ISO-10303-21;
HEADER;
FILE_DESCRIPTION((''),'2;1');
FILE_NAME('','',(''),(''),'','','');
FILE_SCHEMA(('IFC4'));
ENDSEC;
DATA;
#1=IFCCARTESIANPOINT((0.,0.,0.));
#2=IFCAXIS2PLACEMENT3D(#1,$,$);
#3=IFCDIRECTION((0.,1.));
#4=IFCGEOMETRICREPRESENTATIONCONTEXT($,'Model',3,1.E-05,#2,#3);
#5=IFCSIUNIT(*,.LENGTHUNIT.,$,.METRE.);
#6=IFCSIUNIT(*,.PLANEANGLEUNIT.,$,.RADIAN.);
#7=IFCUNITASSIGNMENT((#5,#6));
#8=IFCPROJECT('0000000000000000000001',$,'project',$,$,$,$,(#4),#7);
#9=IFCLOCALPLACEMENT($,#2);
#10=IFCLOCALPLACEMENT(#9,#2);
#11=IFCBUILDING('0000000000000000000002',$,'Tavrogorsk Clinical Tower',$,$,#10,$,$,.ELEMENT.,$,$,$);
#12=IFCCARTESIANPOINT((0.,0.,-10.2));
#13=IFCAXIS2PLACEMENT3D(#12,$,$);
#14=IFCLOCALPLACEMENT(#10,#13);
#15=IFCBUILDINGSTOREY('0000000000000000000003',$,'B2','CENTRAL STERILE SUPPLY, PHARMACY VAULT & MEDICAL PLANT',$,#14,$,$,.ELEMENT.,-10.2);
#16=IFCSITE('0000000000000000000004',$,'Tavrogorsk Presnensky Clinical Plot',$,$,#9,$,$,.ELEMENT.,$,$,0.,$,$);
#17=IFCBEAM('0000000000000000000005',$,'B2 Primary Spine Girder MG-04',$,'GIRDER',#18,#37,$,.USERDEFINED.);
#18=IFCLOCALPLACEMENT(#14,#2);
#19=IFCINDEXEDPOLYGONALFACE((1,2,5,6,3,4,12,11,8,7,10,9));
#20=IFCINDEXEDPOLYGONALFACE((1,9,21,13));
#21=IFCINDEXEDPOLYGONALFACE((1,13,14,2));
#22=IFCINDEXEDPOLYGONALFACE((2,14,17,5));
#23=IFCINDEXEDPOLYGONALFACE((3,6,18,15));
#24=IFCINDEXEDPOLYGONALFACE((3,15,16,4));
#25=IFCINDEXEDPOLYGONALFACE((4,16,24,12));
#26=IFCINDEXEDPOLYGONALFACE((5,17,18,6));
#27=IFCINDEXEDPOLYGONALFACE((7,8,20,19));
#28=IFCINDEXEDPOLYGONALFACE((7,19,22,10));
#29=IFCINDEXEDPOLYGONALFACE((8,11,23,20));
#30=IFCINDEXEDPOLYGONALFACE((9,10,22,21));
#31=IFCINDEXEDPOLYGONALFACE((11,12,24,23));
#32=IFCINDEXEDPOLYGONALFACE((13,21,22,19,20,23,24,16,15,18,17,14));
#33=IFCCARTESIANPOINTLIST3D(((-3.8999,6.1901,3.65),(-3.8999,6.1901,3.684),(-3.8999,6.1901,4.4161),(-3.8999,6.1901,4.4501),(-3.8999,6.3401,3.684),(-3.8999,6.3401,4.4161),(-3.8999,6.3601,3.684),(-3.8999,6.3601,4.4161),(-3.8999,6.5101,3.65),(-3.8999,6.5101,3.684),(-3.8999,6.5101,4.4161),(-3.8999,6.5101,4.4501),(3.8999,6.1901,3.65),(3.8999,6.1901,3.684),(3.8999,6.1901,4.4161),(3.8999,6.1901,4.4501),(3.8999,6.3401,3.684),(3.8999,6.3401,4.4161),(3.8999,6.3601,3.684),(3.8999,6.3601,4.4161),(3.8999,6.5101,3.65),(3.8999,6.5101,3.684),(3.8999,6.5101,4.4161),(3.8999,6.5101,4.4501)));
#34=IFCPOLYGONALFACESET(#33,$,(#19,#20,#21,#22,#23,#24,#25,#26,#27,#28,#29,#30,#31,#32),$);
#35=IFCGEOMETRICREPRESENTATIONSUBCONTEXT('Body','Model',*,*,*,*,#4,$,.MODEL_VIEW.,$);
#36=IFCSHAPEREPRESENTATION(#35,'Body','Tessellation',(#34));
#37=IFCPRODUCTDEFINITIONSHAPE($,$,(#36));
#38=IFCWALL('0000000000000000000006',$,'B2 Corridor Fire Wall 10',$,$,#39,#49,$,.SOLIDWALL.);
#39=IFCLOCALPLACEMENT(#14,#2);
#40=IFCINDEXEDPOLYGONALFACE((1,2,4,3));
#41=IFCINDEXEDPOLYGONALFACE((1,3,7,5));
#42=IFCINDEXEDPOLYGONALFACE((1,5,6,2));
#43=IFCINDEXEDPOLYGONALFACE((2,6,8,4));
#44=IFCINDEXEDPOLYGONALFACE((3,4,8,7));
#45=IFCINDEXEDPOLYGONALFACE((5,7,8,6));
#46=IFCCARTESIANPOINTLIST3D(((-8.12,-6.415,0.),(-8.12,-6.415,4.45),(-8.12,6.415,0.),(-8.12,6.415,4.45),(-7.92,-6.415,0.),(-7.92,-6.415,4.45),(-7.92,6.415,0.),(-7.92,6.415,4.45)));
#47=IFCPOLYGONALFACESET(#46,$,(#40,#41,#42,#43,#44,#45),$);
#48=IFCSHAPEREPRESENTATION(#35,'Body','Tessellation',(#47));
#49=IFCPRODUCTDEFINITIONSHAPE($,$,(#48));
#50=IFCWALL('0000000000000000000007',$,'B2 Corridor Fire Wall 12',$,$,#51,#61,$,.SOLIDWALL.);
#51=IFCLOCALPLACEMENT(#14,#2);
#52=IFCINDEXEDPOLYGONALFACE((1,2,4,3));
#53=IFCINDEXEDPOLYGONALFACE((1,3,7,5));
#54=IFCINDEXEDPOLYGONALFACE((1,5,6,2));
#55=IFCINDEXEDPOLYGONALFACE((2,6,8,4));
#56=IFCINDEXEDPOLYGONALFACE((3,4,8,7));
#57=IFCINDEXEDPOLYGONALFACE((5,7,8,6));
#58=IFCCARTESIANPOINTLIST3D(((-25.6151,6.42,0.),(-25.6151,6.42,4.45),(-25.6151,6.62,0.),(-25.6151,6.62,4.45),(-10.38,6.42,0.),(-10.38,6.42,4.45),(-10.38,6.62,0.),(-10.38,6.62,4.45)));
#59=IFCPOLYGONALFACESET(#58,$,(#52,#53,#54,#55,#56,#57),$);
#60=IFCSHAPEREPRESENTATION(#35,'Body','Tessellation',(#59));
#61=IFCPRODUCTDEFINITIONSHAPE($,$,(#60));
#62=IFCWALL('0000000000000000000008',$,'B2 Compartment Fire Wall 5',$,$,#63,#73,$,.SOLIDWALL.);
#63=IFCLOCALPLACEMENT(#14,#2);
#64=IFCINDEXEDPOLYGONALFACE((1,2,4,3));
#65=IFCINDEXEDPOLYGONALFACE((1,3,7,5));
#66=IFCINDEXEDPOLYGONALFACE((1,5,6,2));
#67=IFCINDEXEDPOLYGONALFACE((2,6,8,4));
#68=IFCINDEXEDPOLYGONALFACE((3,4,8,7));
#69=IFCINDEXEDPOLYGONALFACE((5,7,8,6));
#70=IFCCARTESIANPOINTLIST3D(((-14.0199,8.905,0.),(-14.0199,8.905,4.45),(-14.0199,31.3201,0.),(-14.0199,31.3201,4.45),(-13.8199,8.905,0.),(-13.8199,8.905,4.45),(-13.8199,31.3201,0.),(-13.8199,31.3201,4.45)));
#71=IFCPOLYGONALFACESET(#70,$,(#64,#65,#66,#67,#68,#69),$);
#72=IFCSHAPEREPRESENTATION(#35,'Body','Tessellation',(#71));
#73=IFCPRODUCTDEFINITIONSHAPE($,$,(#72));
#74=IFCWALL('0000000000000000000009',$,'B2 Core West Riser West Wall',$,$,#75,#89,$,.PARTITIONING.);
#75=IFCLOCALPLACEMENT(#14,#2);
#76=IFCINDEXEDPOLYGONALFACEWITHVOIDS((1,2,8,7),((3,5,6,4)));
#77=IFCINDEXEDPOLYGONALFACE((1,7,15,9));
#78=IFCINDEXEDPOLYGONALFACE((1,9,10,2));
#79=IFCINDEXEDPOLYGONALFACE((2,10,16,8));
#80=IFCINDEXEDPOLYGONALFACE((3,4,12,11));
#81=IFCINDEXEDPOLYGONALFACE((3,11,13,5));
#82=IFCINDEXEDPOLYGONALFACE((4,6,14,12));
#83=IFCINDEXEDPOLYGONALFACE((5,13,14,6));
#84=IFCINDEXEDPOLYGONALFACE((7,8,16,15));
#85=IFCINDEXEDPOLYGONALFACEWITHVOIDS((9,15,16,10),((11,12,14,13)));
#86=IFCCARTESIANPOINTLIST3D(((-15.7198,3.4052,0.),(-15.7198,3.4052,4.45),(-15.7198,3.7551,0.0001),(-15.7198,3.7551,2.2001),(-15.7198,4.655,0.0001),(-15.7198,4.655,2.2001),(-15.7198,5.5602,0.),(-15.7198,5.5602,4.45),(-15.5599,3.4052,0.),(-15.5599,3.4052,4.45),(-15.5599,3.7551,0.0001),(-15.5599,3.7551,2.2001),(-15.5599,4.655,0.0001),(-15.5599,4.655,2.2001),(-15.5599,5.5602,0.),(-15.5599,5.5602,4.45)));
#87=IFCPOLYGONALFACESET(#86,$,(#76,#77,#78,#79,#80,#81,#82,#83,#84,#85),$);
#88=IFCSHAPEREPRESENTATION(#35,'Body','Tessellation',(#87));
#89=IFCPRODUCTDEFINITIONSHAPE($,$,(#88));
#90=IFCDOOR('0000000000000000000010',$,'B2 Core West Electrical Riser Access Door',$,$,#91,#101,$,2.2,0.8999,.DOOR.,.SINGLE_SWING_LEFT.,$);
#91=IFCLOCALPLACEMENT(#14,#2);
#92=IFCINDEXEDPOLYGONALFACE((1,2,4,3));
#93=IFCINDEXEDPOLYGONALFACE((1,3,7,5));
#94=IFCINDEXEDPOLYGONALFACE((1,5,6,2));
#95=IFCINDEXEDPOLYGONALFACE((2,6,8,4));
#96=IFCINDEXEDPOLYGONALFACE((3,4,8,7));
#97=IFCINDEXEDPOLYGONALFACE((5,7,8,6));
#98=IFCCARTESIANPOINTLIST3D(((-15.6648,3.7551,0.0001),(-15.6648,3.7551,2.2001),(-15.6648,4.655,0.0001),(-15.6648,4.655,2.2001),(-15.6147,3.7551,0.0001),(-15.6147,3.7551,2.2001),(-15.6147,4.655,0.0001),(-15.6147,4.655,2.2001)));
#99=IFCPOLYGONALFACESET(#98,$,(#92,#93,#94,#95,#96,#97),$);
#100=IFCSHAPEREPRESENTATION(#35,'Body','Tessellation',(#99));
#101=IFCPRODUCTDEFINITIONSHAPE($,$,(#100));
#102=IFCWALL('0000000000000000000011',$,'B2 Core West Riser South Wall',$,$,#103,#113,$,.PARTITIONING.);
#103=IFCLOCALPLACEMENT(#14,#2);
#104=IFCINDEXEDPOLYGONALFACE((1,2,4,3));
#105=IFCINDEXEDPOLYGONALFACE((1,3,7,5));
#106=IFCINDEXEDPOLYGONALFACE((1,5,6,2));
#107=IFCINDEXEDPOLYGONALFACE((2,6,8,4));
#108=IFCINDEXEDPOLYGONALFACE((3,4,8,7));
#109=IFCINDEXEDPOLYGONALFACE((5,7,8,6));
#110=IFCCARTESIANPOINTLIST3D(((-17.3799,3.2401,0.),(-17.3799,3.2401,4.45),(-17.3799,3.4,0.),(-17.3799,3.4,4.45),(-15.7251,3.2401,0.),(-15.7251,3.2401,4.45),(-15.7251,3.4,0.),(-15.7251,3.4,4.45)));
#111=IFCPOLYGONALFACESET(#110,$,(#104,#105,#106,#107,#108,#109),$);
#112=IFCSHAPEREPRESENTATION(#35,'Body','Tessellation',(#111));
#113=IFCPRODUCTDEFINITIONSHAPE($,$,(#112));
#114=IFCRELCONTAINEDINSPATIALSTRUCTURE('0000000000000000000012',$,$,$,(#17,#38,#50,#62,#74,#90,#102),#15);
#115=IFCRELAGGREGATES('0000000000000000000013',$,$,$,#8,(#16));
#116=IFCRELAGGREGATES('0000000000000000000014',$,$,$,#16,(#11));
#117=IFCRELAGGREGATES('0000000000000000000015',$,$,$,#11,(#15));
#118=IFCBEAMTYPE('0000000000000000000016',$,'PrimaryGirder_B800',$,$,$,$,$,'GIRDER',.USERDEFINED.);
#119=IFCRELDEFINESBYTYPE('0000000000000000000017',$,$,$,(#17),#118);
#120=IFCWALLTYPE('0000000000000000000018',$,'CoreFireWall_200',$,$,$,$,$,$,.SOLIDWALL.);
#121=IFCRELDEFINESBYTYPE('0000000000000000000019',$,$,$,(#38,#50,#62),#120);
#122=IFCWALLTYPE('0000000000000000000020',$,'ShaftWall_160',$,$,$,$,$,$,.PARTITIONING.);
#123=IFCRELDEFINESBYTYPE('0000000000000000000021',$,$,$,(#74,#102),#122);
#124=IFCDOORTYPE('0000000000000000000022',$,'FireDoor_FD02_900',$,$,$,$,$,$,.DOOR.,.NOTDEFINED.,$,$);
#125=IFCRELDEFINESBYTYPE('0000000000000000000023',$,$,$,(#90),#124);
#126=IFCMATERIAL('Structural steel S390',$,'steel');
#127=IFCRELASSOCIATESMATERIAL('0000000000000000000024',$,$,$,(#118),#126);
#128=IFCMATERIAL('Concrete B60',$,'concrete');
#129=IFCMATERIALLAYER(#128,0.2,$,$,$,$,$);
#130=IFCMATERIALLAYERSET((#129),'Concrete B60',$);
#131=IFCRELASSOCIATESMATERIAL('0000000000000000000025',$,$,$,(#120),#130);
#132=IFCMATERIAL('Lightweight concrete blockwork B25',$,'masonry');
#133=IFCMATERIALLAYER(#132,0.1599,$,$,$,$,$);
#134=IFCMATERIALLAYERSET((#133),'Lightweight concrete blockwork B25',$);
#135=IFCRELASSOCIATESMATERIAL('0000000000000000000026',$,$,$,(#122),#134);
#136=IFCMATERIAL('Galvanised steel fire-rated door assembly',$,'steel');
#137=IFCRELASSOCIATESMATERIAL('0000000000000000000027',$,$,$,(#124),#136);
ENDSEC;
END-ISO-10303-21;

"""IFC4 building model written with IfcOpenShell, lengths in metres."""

from ifc_helpers import new_model, si_unit, direction, frame, frame_2d, origin, origin_2d, place, context, subcontext, project, spatial, rectangle, i_section, extrude, material, layer, layer_set, material_profile, profile_set, type_object, element, fill, save


model = new_model("IFC4")

# Units and contexts
model_context = context("Model", 3, precision=1e-05, world=origin(), true_north=direction((0.0, 1.0)))
body_context = subcontext(model_context, "Body", "Model", "MODEL_VIEW")
ifc_project = project(units=[si_unit("LENGTHUNIT", "METRE"), si_unit("PLANEANGLEUNIT", "RADIAN")], contexts=[model_context])

# Site, building, storey
site_placement = place(None, origin())
site = spatial("IfcSite", under=ifc_project, at=site_placement, Name="Tavrogorsk Presnensky Clinical Plot", CompositionType="ELEMENT", RefElevation=0.0)
building_placement = place(site_placement, origin())
building = spatial("IfcBuilding", under=site, at=building_placement, Name="Tavrogorsk Clinical Tower", CompositionType="ELEMENT")
storey_placement = place(building_placement, frame((0.0, 0.0, -10.2)))
storey = spatial("IfcBuildingStorey", under=building, at=storey_placement, Name="B2", Description="CENTRAL STERILE SUPPLY, PHARMACY VAULT & MEDICAL PLANT", CompositionType="ELEMENT", Elevation=-10.2)

# Beam
ifc_material_1 = material(Name="Structural steel S390", Category="steel")
ifc_material_profile_1 = material_profile(ifc_material_1, i_section(OverallWidth=0.3201, OverallDepth=0.8, WebThickness=0.02, FlangeThickness=0.0339, at=origin_2d()), Name="B-800x320x20x34")
ifc_profile_set_1 = profile_set([ifc_material_profile_1], Name="Structural steel S390")
beam_type = type_object("IfcBeamType", Name="PrimaryGirder_B800", ElementType="GIRDER", PredefinedType="USERDEFINED", material=ifc_profile_set_1)
beam_1_placement = place(storey_placement, frame((-3.8999, 6.3501, 4.05), z_axis=(1.0, 0.0, 0.0), x_axis=(0.0, 1.0, 0.0)))
element("IfcBeam", 1, at=beam_1_placement, inside=storey, type_object=beam_type, Name="B2 Primary Spine Girder MG-04", ObjectType="GIRDER", PredefinedType="USERDEFINED", context=body_context, shape_type="SweptSolid", body=[
    extrude(i_section(OverallWidth=0.3201, OverallDepth=0.8, WebThickness=0.02, FlangeThickness=0.0339, at=origin_2d()), origin(), (0.0, 0.0, 1.0), 7.7998),
])

# Walls
ifc_material_2 = material(Name="Concrete B60", Category="concrete")
ifc_layer_1 = layer(ifc_material_2, 0.2)
ifc_layer_set_1 = layer_set([ifc_layer_1], Name="Concrete B60")
wall_type_1 = type_object("IfcWallType", Name="CoreFireWall_200", PredefinedType="SOLIDWALL", material=ifc_layer_set_1)
wall_1_placement = place(storey_placement, frame((-8.02, 6.415, 0.0), z_axis=(0.0, 0.0, 1.0), x_axis=(0.0, -1.0, 0.0)))
element("IfcWall", 2, at=wall_1_placement, inside=storey, type_object=wall_type_1, Name="B2 Corridor Fire Wall 10", PredefinedType="SOLIDWALL", context=body_context, shape_type="SweptSolid", body=[
    extrude(rectangle(XDim=12.8301, YDim=0.2, at=frame_2d((6.415, 0.0))), origin(), (0.0, 0.0, 1.0), 4.45),
])
wall_2_placement = place(storey_placement, frame((-10.3799, 6.52, 0.0), z_axis=(0.0, 0.0, 1.0), x_axis=(-1.0, 0.0, 0.0)))
element("IfcWall", 3, at=wall_2_placement, inside=storey, type_object=wall_type_1, Name="B2 Corridor Fire Wall 12", PredefinedType="SOLIDWALL", context=body_context, shape_type="SweptSolid", body=[
    extrude(rectangle(XDim=15.2351, YDim=0.2, at=frame_2d((7.6177, 0.0))), origin(), (0.0, 0.0, 1.0), 4.45),
])
wall_3_placement = place(storey_placement, frame((-13.9199, 8.905, 0.0), z_axis=(0.0, 0.0, 1.0), x_axis=(0.0, 1.0, 0.0)))
element("IfcWall", 4, at=wall_3_placement, inside=storey, type_object=wall_type_1, Name="B2 Compartment Fire Wall 5", PredefinedType="SOLIDWALL", context=body_context, shape_type="SweptSolid", body=[
    extrude(rectangle(XDim=22.415, YDim=0.2, at=frame_2d((11.2075, 0.0))), origin(), (0.0, 0.0, 1.0), 4.45),
])

# Wall, opening, door
ifc_material_3 = material(Name="Lightweight concrete blockwork B25", Category="masonry")
ifc_layer_2 = layer(ifc_material_3, 0.1599)
ifc_layer_set_2 = layer_set([ifc_layer_2], Name="Lightweight concrete blockwork B25")
wall_type_2 = type_object("IfcWallType", Name="ShaftWall_160", PredefinedType="PARTITIONING", material=ifc_layer_set_2)
wall_4_placement = place(storey_placement, frame((-15.6399, 3.405, 0.0), z_axis=(0.0, 0.0, 1.0), x_axis=(0.0, 1.0, 0.0)))
wall_4 = element("IfcWall", 5, at=wall_4_placement, inside=storey, type_object=wall_type_2, Name="B2 Core West Riser West Wall", PredefinedType="PARTITIONING", context=body_context, shape_type="SweptSolid", body=[
    extrude(rectangle(XDim=2.155, YDim=0.1599, at=frame_2d((1.0776, 0.0))), origin(), (0.0, 0.0, 1.0), 4.45),
])
opening_placement = place(wall_4_placement, frame((0.3501, 0.0, 0.0)))
opening = element("IfcOpeningElement", 6, at=opening_placement, cuts=wall_4, PredefinedType="OPENING", context=body_context, shape_type="SweptSolid", body=[
    extrude(rectangle(XDim=0.8999, YDim=2.2, at=frame_2d((0.45, 1.1001))), frame((0.0, 0.0898, 0.0), z_axis=(0.0, -1.0, 0.0), x_axis=(1.0, 0.0, 0.0)), (0.0, 0.0, 1.0), 0.1799),
])
ifc_material_4 = material(Name="Galvanised steel fire-rated door assembly", Category="steel")
door_type = type_object("IfcDoorType", Name="FireDoor_FD02_900", OperationType="NOTDEFINED", PredefinedType="DOOR", material=ifc_material_4)
door_placement = place(opening_placement, origin())
door = element("IfcDoor", 7, at=door_placement, inside=storey, type_object=door_type, Name="B2 Core West Electrical Riser Access Door", OperationType="SINGLE_SWING_LEFT", OverallHeight=2.2, OverallWidth=0.8999, PredefinedType="DOOR", context=body_context, shape_type="SweptSolid", body=[
    extrude(rectangle(XDim=0.8999, YDim=2.2, at=frame_2d((0.45, 1.1001))), frame((0.0, 0.0249, 0.0), z_axis=(0.0, -1.0, 0.0), x_axis=(1.0, 0.0, 0.0)), (0.0, 0.0, 1.0), 0.05),
])
fill(opening, door)

# Wall
wall_5_placement = place(storey_placement, frame((-17.3799, 3.3201, 0.0), z_axis=(0.0, 0.0, 1.0), x_axis=(1.0, 0.0, 0.0)))
element("IfcWall", 8, at=wall_5_placement, inside=storey, type_object=wall_type_2, Name="B2 Core West Riser South Wall", PredefinedType="PARTITIONING", context=body_context, shape_type="SweptSolid", body=[
    extrude(rectangle(XDim=1.6548, YDim=0.1599, at=frame_2d((0.8274, 0.0))), origin(), (0.0, 0.0, 1.0), 4.45),
])

save(model, "model.ifc")
